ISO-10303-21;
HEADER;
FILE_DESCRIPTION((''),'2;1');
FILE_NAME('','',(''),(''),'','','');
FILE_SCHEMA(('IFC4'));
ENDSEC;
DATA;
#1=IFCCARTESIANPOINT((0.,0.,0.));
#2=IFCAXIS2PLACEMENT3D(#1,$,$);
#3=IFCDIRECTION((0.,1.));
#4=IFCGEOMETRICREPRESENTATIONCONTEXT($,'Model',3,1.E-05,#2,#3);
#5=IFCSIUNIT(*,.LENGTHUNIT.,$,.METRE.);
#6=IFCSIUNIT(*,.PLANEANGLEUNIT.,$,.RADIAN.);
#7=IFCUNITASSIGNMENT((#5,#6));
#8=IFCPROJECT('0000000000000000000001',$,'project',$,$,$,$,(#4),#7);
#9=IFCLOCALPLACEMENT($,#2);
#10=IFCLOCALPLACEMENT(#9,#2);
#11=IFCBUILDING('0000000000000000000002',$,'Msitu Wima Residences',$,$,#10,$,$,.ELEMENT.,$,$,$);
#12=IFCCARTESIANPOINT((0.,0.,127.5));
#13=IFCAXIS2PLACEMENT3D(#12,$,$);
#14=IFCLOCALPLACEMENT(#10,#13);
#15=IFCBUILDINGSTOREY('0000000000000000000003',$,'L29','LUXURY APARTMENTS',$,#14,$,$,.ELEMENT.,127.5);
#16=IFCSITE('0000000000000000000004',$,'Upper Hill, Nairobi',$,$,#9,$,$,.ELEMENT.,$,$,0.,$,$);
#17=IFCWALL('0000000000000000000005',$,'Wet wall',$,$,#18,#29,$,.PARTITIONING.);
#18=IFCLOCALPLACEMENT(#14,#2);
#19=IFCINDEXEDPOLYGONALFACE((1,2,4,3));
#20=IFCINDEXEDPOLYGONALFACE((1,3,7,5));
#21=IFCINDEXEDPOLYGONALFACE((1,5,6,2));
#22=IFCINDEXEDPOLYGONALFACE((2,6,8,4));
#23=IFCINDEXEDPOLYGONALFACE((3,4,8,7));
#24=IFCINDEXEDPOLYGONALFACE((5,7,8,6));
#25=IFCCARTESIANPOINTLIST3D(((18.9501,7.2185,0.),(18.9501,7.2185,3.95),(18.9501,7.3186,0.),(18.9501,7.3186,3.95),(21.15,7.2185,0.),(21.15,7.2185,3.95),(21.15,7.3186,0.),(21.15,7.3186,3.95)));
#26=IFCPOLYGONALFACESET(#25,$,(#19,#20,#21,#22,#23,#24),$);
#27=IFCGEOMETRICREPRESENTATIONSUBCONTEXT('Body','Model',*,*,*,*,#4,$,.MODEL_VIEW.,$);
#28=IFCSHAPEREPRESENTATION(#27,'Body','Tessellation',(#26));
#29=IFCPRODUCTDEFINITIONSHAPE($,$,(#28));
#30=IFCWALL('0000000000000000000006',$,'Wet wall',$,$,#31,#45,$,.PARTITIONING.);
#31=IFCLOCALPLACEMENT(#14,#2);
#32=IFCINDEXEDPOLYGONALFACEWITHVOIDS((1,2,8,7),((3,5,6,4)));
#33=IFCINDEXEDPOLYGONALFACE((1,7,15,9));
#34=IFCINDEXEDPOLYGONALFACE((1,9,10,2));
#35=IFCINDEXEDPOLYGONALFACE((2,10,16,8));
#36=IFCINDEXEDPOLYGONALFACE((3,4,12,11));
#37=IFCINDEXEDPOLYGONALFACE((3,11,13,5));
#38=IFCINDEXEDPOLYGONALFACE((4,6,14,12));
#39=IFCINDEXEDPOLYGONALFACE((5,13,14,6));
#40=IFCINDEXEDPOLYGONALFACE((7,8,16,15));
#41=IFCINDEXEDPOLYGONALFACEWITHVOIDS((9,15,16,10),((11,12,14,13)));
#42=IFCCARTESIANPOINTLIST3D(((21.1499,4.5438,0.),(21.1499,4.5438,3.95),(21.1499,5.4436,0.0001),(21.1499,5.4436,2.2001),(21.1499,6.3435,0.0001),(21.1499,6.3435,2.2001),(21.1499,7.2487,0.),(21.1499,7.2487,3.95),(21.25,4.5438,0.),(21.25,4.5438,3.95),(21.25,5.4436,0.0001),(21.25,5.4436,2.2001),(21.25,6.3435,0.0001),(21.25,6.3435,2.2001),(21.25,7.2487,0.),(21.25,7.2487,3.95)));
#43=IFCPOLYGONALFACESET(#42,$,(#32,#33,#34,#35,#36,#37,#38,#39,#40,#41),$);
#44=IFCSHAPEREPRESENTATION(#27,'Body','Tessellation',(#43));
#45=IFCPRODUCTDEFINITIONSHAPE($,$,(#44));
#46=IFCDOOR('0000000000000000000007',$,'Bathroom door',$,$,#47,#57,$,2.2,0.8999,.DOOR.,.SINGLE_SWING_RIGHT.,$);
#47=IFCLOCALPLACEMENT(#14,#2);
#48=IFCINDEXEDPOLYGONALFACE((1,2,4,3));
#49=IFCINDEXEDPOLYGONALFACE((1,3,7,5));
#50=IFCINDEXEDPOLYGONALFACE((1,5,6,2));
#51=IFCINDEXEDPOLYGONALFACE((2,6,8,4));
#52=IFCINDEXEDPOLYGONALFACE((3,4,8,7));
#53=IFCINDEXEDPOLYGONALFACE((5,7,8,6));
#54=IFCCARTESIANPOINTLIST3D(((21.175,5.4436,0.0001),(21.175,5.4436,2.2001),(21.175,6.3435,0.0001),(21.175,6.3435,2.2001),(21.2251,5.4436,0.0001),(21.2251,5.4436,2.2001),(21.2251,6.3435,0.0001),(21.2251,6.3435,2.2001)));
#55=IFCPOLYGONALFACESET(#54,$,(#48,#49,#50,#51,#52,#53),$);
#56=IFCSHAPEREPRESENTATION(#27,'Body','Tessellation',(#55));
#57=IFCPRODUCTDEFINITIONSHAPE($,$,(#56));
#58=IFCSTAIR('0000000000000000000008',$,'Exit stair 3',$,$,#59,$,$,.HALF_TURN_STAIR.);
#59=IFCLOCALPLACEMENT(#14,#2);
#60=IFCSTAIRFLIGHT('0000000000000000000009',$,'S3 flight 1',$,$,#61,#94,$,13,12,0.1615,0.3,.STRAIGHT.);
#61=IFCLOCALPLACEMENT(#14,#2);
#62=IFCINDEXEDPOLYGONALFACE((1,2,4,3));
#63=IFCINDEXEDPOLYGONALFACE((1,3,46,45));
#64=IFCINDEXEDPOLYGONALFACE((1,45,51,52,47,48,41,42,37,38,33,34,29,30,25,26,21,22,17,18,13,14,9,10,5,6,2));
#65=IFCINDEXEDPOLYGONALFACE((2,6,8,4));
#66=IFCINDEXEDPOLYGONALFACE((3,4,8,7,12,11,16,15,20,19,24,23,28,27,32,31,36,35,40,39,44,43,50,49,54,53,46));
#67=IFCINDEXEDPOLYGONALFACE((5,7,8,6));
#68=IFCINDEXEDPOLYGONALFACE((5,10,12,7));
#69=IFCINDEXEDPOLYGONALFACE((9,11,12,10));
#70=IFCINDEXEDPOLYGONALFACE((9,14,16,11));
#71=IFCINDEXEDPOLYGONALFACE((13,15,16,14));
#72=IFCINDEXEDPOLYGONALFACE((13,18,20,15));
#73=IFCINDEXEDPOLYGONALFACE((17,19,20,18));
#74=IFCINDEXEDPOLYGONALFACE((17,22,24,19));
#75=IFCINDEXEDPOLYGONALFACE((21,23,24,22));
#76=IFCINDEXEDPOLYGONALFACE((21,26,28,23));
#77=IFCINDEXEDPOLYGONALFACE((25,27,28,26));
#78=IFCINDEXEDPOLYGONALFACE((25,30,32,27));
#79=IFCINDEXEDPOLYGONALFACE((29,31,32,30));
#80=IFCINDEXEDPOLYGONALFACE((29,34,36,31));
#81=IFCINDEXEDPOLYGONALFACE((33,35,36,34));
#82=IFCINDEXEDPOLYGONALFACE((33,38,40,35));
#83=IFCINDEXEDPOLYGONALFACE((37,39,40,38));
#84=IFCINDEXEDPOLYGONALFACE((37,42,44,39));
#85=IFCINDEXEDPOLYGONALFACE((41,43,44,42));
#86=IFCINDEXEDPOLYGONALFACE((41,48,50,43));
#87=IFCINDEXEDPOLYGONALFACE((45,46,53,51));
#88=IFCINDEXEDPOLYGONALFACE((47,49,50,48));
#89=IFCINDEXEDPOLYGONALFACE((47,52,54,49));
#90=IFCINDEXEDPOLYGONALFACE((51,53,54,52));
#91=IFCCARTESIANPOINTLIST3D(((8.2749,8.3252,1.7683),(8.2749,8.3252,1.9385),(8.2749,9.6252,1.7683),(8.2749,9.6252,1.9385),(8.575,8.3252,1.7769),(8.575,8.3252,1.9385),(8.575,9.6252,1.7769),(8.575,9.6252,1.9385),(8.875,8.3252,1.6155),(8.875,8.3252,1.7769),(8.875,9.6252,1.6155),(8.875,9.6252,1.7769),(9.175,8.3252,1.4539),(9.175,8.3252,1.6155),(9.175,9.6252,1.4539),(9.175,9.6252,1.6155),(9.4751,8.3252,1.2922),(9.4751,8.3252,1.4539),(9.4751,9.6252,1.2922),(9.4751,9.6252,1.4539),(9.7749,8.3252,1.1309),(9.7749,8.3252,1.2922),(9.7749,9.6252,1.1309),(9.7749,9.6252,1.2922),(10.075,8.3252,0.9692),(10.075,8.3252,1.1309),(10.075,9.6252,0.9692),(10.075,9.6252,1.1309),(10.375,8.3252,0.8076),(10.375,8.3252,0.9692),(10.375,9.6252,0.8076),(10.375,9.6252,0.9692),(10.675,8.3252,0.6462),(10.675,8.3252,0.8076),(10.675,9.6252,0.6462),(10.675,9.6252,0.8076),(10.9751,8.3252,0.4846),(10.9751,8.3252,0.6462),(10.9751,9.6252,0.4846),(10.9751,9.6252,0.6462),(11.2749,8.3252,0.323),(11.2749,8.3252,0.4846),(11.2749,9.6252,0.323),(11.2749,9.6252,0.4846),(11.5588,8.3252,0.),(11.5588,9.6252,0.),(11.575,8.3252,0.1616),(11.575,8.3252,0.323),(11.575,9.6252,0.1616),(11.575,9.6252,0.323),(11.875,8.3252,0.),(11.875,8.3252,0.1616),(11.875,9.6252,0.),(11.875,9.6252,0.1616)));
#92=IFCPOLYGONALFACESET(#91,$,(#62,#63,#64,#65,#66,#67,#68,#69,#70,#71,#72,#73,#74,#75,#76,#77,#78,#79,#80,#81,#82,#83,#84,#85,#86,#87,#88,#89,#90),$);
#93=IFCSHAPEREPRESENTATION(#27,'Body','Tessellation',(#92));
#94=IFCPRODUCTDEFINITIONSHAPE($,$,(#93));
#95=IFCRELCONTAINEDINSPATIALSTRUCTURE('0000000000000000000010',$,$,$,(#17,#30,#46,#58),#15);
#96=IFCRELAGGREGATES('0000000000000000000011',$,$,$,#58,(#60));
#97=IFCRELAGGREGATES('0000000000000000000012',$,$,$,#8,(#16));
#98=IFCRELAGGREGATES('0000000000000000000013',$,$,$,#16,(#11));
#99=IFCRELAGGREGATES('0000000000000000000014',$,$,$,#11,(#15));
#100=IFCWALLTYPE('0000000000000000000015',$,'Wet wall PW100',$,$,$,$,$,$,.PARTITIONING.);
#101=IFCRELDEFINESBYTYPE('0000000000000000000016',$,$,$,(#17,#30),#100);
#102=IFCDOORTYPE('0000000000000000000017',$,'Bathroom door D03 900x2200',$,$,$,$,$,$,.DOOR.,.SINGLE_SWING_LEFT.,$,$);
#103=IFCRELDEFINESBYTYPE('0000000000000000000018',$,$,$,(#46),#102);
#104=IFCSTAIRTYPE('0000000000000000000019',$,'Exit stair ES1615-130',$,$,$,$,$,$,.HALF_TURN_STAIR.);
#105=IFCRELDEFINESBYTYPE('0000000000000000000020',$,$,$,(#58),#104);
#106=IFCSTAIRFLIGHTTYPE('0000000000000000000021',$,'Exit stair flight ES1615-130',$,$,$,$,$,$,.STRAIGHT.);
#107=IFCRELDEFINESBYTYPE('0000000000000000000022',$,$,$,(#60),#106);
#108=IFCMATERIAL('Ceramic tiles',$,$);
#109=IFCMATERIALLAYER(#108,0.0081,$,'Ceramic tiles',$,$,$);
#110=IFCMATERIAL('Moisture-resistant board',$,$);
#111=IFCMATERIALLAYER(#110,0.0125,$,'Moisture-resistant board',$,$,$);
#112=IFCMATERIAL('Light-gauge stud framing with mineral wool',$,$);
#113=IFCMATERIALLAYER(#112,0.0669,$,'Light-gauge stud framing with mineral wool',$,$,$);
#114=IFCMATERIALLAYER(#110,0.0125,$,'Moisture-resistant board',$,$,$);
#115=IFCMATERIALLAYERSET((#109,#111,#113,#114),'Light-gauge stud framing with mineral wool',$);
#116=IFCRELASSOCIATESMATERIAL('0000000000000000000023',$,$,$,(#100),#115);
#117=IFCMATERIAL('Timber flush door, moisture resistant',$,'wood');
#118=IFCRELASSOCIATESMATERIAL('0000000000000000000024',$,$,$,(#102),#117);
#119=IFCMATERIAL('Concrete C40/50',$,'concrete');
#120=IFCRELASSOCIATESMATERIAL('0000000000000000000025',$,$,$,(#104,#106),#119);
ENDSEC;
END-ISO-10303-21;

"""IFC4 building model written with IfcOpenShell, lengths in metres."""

from ifc_helpers import new_model, si_unit, direction, frame, frame_2d, origin, place, context, subcontext, project, spatial, polyline, rectangle, outline, extrude, material, layer, layer_set, type_object, element, fill, aggregate, save


model = new_model("IFC4")

# Units and contexts
model_context = context("Model", 3, precision=1e-05, world=origin(), true_north=direction((0.0, 1.0)))
body_context = subcontext(model_context, "Body", "Model", "MODEL_VIEW")
ifc_project = project(units=[si_unit("LENGTHUNIT", "METRE"), si_unit("PLANEANGLEUNIT", "RADIAN")], contexts=[model_context])

# Site, building, storey
site_placement = place(None, origin())
site = spatial("IfcSite", under=ifc_project, at=site_placement, Name="Upper Hill, Nairobi", CompositionType="ELEMENT", RefElevation=0.0)
building_placement = place(site_placement, origin())
building = spatial("IfcBuilding", under=site, at=building_placement, Name="Msitu Wima Residences", CompositionType="ELEMENT")
storey_placement = place(building_placement, frame((0.0, 0.0, 127.5)))
storey = spatial("IfcBuildingStorey", under=building, at=storey_placement, Name="L29", Description="LUXURY APARTMENTS", CompositionType="ELEMENT", Elevation=127.5)

# Wall
ifc_material_1 = material(Name="Ceramic tiles")
ifc_layer_1 = layer(ifc_material_1, 0.0081, Name="Ceramic tiles")
ifc_material_2 = material(Name="Moisture-resistant board")
ifc_layer_2 = layer(ifc_material_2, 0.0125, Name="Moisture-resistant board")
ifc_material_3 = material(Name="Light-gauge stud framing with mineral wool")
ifc_layer_3 = layer(ifc_material_3, 0.0669, Name="Light-gauge stud framing with mineral wool")
ifc_layer_4 = layer(ifc_material_2, 0.0125, Name="Moisture-resistant board")
ifc_layer_set_1 = layer_set([ifc_layer_1, ifc_layer_2, ifc_layer_3, ifc_layer_4], Name="Light-gauge stud framing with mineral wool")
wall_type_1 = type_object("IfcWallType", Name="Wet wall PW100", PredefinedType="PARTITIONING", material=ifc_layer_set_1)
wall_1_placement = place(storey_placement, frame((18.95, 7.2686, 0.0), z_axis=(0.0, 0.0, 1.0), x_axis=(1.0, 0.0, 0.0)))
element("IfcWall", 1, at=wall_1_placement, inside=storey, type_object=wall_type_1, Name="Wet wall", PredefinedType="PARTITIONING", context=body_context, shape_type="SweptSolid", body=[
    extrude(rectangle(XDim=2.2, YDim=0.1001, at=frame_2d((1.1001, 0.0))), origin(), (0.0, 0.0, 1.0), 3.95),
])

# Wall, opening, door
wall_2_placement = place(storey_placement, frame((21.2, 4.5437, 0.0), z_axis=(0.0, 0.0, 1.0), x_axis=(0.0, 1.0, 0.0)))
wall_2 = element("IfcWall", 2, at=wall_2_placement, inside=storey, type_object=wall_type_1, Name="Wet wall", PredefinedType="PARTITIONING", context=body_context, shape_type="SweptSolid", body=[
    extrude(rectangle(XDim=2.7048, YDim=0.1001, at=frame_2d((1.3525, 0.0))), origin(), (0.0, 0.0, 1.0), 3.95),
])
opening_1_placement = place(wall_2_placement, frame((0.8999, 0.0, 0.0)))
opening_1 = element("IfcOpeningElement", 3, at=opening_1_placement, cuts=wall_2, PredefinedType="OPENING", context=body_context, shape_type="SweptSolid", body=[
    extrude(rectangle(XDim=0.8999, YDim=2.2, at=frame_2d((0.45, 1.1001))), frame((0.0, 0.0601, 0.0), z_axis=(0.0, -1.0, 0.0), x_axis=(1.0, 0.0, 0.0)), (0.0, 0.0, 1.0), 0.1201),
])
ifc_material_4 = material(Name="Timber flush door, moisture resistant", Category="wood")
door_type_1 = type_object("IfcDoorType", Name="Bathroom door D03 900x2200", OperationType="SINGLE_SWING_LEFT", PredefinedType="DOOR", material=ifc_material_4)
door_1_placement = place(opening_1_placement, origin())
door_1 = element("IfcDoor", 4, at=door_1_placement, inside=storey, type_object=door_type_1, Name="Bathroom door", OperationType="SINGLE_SWING_RIGHT", OverallHeight=2.2, OverallWidth=0.8999, PredefinedType="DOOR", context=body_context, shape_type="SweptSolid", body=[
    extrude(rectangle(XDim=0.8999, YDim=2.2, at=frame_2d((0.45, 1.1001))), frame((0.0, 0.0249, 0.0), z_axis=(0.0, -1.0, 0.0), x_axis=(1.0, 0.0, 0.0)), (0.0, 0.0, 1.0), 0.05),
])
fill(opening_1, door_1)

# Stair, stair flight
ifc_material_5 = material(Name="Concrete C40/50", Category="concrete")
stair_type = type_object("IfcStairType", Name="Exit stair ES1615-130", PredefinedType="HALF_TURN_STAIR", material=ifc_material_5)
stair_placement = place(storey_placement, origin())
stair = element("IfcStair", 5, at=stair_placement, inside=storey, type_object=stair_type, Name="Exit stair 3", PredefinedType="HALF_TURN_STAIR")
stair_flight_type = type_object("IfcStairFlightType", Name="Exit stair flight ES1615-130", PredefinedType="STRAIGHT", material=ifc_material_5)
stair_flight_placement = place(storey_placement, frame((11.875, 8.9751, 0.0), z_axis=(0.0, 0.0, 1.0), x_axis=(-1.0, 0.0, 0.0)))
stair_flight = element("IfcStairFlight", 6, at=stair_flight_placement, type_object=stair_flight_type, Name="S3 flight 1", NumberOfRisers=13, NumberOfTreads=12, PredefinedType="STRAIGHT", RiserHeight=0.1615, TreadLength=0.3, context=body_context, shape_type="SweptSolid", body=[
    extrude(outline(polyline([(0.0, 0.0), (0.0, 0.1616), (0.3, 0.1616), (0.3, 0.323), (0.6001, 0.323), (0.6001, 0.4846), (0.8999, 0.4846), (0.8999, 0.6462), (1.2, 0.6462), (1.2, 0.8076), (1.5, 0.8076), (1.5, 0.9692), (1.8, 0.9692), (1.8, 1.1309), (2.1001, 1.1309), (2.1001, 1.2922), (2.3999, 1.2922), (2.3999, 1.4539), (2.7, 1.4539), (2.7, 1.6155), (3.0, 1.6155), (3.0, 1.7769), (3.3, 1.7769), (3.3, 1.9385), (3.6001, 1.9385), (3.6001, 2.1001), (3.6001, 1.7683), (0.3162, 0.0), (0.0, 0.0)])), frame((0.0, 0.6499, 0.0), z_axis=(0.0, -1.0, 0.0), x_axis=(1.0, 0.0, 0.0)), (0.0, 0.0, 1.0), 1.3),
])
aggregate(stair, [stair_flight])

save(model, "model.ifc")
